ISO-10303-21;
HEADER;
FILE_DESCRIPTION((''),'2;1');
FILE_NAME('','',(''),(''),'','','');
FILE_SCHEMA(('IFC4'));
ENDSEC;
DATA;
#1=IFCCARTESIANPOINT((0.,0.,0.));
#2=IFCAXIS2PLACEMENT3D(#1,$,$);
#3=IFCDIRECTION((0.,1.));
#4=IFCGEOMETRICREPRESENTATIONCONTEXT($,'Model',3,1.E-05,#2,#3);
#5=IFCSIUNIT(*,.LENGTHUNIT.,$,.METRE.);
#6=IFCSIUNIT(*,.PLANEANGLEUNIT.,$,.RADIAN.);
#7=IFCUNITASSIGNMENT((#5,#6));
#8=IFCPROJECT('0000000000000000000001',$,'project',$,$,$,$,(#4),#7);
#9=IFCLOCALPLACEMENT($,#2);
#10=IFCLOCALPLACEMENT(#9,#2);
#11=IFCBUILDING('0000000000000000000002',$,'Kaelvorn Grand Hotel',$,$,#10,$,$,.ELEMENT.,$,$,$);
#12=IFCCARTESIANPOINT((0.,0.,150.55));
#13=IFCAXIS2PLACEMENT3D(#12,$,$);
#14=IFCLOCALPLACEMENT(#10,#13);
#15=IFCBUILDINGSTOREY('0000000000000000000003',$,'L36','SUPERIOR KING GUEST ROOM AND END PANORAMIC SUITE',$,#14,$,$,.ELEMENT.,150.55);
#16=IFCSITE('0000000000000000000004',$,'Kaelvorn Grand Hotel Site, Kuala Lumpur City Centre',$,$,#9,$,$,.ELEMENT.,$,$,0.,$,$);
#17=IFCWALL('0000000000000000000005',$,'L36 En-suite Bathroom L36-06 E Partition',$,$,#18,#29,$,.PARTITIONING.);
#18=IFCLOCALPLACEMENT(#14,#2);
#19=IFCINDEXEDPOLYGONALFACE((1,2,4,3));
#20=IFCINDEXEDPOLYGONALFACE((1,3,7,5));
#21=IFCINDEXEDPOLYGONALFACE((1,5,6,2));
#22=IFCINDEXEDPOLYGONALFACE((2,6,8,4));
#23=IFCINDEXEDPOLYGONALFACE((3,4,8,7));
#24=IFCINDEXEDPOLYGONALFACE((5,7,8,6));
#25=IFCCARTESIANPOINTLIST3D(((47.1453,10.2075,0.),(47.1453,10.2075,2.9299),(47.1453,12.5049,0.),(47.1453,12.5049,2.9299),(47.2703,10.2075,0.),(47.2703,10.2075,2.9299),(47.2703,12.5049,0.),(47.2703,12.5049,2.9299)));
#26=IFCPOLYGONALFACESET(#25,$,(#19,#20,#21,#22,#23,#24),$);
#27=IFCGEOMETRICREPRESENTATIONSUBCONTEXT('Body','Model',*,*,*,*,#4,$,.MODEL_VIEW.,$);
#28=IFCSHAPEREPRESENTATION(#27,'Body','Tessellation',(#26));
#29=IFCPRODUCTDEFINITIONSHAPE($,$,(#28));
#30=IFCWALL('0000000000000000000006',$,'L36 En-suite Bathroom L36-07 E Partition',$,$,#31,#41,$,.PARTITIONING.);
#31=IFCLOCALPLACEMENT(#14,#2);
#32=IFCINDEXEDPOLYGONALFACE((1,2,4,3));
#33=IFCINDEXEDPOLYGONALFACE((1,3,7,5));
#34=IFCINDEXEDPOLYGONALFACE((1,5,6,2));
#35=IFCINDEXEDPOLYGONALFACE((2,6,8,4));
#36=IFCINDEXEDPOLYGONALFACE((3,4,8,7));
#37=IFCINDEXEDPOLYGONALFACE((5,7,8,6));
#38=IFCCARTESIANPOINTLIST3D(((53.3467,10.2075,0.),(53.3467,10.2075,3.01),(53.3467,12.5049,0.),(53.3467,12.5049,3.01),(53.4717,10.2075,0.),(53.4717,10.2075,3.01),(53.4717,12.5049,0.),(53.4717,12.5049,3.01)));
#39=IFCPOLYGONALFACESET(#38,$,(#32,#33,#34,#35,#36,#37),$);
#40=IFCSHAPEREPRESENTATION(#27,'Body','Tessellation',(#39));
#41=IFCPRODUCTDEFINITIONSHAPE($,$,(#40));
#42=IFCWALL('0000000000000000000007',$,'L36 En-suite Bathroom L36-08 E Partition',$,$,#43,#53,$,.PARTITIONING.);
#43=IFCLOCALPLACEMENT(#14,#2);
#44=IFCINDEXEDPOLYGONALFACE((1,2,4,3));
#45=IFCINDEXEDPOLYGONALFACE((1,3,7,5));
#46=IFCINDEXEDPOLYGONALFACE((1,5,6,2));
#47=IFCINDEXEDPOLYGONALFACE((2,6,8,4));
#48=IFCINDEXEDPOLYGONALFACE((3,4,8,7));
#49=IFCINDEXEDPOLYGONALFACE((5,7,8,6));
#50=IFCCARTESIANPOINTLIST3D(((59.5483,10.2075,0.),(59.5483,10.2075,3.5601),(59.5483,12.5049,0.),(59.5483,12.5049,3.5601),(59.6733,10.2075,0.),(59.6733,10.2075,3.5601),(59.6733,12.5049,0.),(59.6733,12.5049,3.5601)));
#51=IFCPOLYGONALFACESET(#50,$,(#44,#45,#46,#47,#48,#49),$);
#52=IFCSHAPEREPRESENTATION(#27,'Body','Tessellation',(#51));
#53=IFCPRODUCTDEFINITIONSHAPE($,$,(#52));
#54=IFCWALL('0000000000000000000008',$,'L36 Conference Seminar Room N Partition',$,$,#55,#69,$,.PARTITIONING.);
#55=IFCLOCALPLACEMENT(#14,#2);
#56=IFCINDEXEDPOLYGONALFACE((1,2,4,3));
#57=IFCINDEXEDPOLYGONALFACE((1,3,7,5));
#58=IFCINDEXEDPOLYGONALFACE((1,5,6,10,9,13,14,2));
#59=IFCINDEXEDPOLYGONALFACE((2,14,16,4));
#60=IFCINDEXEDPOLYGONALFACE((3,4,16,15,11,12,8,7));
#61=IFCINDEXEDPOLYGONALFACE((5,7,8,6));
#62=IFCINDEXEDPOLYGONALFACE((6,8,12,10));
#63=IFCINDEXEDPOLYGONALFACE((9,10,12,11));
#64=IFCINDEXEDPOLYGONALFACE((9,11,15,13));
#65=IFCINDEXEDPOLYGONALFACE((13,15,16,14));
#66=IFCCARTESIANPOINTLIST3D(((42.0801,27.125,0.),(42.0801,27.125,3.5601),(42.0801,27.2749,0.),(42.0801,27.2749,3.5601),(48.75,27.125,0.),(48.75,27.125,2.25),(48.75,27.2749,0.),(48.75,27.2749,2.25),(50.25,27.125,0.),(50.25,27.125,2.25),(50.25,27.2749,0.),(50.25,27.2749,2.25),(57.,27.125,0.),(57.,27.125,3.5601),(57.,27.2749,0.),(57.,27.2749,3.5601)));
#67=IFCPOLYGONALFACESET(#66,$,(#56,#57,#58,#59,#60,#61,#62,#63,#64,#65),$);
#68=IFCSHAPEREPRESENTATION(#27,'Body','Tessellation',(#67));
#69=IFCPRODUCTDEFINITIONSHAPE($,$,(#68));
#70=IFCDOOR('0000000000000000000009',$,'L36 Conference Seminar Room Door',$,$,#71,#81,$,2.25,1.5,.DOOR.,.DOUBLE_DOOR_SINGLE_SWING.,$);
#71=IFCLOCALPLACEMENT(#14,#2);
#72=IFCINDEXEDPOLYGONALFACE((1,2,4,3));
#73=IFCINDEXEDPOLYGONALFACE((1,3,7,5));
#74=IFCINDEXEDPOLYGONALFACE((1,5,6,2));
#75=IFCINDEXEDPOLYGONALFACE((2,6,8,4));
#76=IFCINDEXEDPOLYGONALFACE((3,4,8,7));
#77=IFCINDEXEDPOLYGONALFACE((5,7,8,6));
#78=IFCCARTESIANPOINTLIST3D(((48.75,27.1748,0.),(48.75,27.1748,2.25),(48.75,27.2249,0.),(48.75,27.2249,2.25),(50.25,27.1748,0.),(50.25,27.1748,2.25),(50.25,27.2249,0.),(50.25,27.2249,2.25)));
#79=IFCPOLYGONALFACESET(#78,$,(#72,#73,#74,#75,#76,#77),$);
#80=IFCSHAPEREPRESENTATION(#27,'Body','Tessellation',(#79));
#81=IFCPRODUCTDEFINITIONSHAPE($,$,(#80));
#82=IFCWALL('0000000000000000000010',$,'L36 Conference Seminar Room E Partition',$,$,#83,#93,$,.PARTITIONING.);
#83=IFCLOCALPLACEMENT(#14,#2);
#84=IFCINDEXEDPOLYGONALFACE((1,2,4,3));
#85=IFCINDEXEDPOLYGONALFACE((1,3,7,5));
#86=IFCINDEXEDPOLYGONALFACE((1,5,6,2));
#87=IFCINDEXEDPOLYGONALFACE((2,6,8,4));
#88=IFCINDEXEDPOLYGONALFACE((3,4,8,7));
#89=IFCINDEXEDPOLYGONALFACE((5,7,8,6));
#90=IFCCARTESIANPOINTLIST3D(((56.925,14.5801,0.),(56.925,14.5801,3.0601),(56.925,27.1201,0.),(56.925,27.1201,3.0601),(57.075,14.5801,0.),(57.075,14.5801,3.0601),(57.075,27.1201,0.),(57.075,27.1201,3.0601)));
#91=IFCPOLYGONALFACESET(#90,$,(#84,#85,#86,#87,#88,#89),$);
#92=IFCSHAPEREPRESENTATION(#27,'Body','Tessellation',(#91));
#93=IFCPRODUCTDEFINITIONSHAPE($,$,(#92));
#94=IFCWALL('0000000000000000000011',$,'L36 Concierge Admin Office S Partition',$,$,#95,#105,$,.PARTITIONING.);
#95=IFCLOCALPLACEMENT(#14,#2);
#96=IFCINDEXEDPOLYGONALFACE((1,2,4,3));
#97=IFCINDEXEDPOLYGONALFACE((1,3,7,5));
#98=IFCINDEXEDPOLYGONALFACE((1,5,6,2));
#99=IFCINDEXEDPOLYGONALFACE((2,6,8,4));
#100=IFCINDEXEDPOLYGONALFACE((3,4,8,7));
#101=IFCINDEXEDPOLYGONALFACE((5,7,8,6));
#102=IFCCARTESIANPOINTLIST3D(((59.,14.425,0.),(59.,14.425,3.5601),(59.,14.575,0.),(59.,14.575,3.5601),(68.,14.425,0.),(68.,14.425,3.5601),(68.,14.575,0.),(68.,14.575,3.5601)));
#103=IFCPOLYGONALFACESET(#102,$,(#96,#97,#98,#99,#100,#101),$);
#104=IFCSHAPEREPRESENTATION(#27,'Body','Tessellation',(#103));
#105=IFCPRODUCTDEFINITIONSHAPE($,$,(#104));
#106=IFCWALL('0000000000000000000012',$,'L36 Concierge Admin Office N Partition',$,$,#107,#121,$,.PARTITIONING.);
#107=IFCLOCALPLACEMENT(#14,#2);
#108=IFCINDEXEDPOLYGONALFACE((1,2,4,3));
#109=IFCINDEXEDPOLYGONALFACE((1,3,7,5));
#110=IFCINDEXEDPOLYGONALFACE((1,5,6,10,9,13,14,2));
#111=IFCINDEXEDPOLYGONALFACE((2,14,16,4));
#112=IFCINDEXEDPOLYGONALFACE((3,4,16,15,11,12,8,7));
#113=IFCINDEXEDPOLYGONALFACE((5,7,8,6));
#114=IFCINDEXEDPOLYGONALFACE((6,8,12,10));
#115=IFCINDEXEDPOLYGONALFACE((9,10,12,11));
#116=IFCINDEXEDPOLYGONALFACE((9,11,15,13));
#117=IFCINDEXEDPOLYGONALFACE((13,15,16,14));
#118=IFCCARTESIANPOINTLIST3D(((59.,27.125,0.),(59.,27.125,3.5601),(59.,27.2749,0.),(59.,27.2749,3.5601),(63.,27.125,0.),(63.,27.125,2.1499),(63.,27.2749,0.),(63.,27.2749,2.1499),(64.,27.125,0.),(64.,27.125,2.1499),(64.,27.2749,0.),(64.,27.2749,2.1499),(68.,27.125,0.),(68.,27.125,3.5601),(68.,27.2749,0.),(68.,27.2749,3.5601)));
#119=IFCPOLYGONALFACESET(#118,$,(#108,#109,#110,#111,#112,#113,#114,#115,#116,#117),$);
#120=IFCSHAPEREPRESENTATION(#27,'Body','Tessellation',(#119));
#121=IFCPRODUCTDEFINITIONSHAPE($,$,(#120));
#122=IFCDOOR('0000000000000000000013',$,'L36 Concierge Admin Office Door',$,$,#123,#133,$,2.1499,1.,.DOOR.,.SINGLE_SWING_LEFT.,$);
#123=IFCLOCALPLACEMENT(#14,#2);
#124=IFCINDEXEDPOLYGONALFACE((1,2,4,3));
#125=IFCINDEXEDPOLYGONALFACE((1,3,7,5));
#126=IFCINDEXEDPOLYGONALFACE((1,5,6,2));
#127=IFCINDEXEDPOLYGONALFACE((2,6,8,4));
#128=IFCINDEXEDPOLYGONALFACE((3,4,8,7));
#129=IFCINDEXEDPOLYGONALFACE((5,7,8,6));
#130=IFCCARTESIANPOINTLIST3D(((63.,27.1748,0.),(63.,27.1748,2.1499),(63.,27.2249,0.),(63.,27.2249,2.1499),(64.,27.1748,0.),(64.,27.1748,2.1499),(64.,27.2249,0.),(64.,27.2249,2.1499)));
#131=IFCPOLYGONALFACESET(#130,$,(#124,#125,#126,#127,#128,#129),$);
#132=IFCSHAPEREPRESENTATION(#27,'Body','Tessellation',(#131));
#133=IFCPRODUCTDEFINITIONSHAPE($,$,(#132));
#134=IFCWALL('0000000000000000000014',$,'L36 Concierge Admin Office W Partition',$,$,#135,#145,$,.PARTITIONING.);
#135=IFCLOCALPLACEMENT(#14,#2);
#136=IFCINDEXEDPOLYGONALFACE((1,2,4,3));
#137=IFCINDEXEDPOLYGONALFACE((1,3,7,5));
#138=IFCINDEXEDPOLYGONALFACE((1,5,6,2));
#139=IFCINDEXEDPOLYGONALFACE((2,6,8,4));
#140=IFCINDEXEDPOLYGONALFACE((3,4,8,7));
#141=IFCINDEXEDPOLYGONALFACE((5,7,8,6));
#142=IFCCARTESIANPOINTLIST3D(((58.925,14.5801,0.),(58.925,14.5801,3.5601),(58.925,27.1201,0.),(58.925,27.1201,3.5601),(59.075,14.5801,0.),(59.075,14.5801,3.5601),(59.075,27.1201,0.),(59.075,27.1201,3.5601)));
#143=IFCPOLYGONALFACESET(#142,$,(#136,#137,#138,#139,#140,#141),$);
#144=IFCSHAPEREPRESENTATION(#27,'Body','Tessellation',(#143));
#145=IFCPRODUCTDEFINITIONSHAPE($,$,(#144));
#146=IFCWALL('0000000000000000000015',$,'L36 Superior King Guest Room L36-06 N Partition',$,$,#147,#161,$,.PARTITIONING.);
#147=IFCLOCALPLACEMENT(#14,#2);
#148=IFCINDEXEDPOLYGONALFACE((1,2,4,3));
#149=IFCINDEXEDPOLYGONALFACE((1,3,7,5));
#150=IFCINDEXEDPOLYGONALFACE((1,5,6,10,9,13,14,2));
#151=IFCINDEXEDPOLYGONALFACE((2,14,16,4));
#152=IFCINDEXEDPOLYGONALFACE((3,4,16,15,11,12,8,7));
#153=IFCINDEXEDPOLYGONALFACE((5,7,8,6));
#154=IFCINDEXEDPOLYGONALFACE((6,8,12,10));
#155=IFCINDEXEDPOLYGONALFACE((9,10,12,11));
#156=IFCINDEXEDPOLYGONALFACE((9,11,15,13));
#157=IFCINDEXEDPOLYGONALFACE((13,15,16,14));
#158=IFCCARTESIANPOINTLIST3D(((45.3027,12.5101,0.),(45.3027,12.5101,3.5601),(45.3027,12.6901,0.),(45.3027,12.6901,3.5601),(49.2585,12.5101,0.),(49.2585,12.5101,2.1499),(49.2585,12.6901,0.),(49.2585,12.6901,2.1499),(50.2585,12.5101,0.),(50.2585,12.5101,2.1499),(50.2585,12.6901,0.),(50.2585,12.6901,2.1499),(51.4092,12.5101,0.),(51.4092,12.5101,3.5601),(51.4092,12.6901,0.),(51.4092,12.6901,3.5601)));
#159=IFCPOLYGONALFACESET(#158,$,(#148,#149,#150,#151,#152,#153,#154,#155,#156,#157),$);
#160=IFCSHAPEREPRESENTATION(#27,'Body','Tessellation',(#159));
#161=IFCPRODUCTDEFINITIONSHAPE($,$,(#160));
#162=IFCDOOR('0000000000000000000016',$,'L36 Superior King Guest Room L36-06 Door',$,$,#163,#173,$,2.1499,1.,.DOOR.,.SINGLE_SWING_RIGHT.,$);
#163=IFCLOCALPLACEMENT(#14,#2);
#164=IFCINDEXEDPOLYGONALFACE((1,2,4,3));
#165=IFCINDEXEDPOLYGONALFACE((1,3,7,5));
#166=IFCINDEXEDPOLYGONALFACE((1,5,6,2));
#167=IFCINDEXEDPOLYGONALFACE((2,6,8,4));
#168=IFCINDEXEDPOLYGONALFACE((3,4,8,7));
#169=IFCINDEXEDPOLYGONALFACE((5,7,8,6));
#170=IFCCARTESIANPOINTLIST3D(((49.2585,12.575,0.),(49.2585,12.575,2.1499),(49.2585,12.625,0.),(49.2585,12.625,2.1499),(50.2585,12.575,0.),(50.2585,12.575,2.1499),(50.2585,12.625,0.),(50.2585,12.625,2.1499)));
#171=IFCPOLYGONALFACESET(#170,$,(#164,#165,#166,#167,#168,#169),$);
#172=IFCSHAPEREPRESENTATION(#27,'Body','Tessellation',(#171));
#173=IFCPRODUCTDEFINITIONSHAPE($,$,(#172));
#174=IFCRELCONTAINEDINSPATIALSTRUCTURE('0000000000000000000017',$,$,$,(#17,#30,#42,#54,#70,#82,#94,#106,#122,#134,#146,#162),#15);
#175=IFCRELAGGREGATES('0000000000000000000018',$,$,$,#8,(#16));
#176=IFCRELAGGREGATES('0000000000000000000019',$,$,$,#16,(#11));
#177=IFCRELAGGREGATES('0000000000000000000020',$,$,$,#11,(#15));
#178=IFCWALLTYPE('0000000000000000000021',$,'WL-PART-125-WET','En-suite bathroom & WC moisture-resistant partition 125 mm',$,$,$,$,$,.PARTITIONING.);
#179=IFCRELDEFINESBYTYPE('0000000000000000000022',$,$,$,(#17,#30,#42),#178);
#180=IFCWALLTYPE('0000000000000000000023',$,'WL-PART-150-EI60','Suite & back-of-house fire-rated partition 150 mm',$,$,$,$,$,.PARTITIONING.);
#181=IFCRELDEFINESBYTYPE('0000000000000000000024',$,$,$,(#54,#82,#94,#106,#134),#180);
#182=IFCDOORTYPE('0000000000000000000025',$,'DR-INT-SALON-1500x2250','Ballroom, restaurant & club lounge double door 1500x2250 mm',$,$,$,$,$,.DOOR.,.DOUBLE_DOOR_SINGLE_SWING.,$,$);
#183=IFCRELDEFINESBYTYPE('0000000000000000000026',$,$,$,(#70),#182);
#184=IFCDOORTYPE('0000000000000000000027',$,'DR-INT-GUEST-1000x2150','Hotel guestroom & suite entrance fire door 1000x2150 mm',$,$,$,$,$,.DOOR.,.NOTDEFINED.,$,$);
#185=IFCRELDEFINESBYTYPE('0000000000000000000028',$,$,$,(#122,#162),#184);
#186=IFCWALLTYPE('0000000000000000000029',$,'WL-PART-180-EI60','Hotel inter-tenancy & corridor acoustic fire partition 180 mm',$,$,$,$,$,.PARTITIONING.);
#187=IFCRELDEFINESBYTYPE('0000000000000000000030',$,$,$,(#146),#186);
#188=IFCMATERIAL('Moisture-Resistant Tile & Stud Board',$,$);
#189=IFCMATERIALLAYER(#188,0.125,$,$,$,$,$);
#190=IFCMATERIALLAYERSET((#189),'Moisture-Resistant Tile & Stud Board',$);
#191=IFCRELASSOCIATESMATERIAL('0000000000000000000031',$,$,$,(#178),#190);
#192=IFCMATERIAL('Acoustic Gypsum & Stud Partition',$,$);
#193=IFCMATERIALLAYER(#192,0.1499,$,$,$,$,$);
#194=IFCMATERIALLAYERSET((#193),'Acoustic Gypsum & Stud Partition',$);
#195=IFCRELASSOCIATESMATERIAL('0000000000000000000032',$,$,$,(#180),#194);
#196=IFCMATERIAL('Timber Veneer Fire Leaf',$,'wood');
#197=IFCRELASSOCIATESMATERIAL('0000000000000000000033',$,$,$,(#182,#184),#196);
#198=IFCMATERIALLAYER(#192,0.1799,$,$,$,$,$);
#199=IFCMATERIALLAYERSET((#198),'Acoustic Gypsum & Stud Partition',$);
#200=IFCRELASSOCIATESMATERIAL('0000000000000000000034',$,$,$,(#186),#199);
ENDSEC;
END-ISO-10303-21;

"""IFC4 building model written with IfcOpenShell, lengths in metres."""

from ifc_helpers import new_model, si_unit, direction, frame, frame_2d, origin, place, context, subcontext, project, spatial, rectangle, extrude, material, layer, layer_set, type_object, element, fill, save


model = new_model("IFC4")

# Units and contexts
model_context = context("Model", 3, precision=1e-05, world=origin(), true_north=direction((0.0, 1.0)))
body_context = subcontext(model_context, "Body", "Model", "MODEL_VIEW")
ifc_project = project(units=[si_unit("LENGTHUNIT", "METRE"), si_unit("PLANEANGLEUNIT", "RADIAN")], contexts=[model_context])

# Site, building, storey
site_placement = place(None, origin())
site = spatial("IfcSite", under=ifc_project, at=site_placement, Name="Kaelvorn Grand Hotel Site, Kuala Lumpur City Centre", CompositionType="ELEMENT", RefElevation=0.0)
building_placement = place(site_placement, origin())
building = spatial("IfcBuilding", under=site, at=building_placement, Name="Kaelvorn Grand Hotel", CompositionType="ELEMENT")
storey_placement = place(building_placement, frame((0.0, 0.0, 150.55)))
storey = spatial("IfcBuildingStorey", under=building, at=storey_placement, Name="L36", Description="SUPERIOR KING GUEST ROOM AND END PANORAMIC SUITE", CompositionType="ELEMENT", Elevation=150.55)

# Walls
ifc_material_1 = material(Name="Moisture-Resistant Tile & Stud Board")
ifc_layer_1 = layer(ifc_material_1, 0.125)
ifc_layer_set_1 = layer_set([ifc_layer_1], Name="Moisture-Resistant Tile & Stud Board")
wall_type_1 = type_object("IfcWallType", Name="WL-PART-125-WET", Description="En-suite bathroom & WC moisture-resistant partition 125 mm", PredefinedType="PARTITIONING", material=ifc_layer_set_1)
wall_1_placement = place(storey_placement, frame((47.2078, 10.2075, 0.0), z_axis=(0.0, 0.0, 1.0), x_axis=(0.0, 1.0, 0.0)))
element("IfcWall", 1, at=wall_1_placement, inside=storey, type_object=wall_type_1, Name="L36 En-suite Bathroom L36-06 E Partition", PredefinedType="PARTITIONING", context=body_context, shape_type="SweptSolid", body=[
    extrude(rectangle(XDim=2.2974, YDim=0.125, at=frame_2d((1.1487, 0.0))), origin(), (0.0, 0.0, 1.0), 2.9299),
])
wall_2_placement = place(storey_placement, frame((53.4092, 10.2075, 0.0), z_axis=(0.0, 0.0, 1.0), x_axis=(0.0, 1.0, 0.0)))
element("IfcWall", 2, at=wall_2_placement, inside=storey, type_object=wall_type_1, Name="L36 En-suite Bathroom L36-07 E Partition", PredefinedType="PARTITIONING", context=body_context, shape_type="SweptSolid", body=[
    extrude(rectangle(XDim=2.2974, YDim=0.125, at=frame_2d((1.1487, 0.0))), origin(), (0.0, 0.0, 1.0), 3.01),
])
wall_3_placement = place(storey_placement, frame((59.6108, 10.2075, 0.0), z_axis=(0.0, 0.0, 1.0), x_axis=(0.0, 1.0, 0.0)))
element("IfcWall", 3, at=wall_3_placement, inside=storey, type_object=wall_type_1, Name="L36 En-suite Bathroom L36-08 E Partition", PredefinedType="PARTITIONING", context=body_context, shape_type="SweptSolid", body=[
    extrude(rectangle(XDim=2.2974, YDim=0.125, at=frame_2d((1.1487, 0.0))), origin(), (0.0, 0.0, 1.0), 3.5601),
])

# Wall, opening, door
ifc_material_2 = material(Name="Acoustic Gypsum & Stud Partition")
ifc_layer_2 = layer(ifc_material_2, 0.1499)
ifc_layer_set_2 = layer_set([ifc_layer_2], Name="Acoustic Gypsum & Stud Partition")
wall_type_2 = type_object("IfcWallType", Name="WL-PART-150-EI60", Description="Suite & back-of-house fire-rated partition 150 mm", PredefinedType="PARTITIONING", material=ifc_layer_set_2)
wall_4_placement = place(storey_placement, frame((42.0801, 27.2, 0.0), z_axis=(0.0, 0.0, 1.0), x_axis=(1.0, 0.0, 0.0)))
wall_4 = element("IfcWall", 4, at=wall_4_placement, inside=storey, type_object=wall_type_2, Name="L36 Conference Seminar Room N Partition", PredefinedType="PARTITIONING", context=body_context, shape_type="SweptSolid", body=[
    extrude(rectangle(XDim=14.9199, YDim=0.1499, at=frame_2d((7.46, 0.0))), origin(), (0.0, 0.0, 1.0), 3.5601),
])
opening_1_placement = place(wall_4_placement, frame((6.6699, 0.0, 0.0)))
opening_1 = element("IfcOpeningElement", 5, at=opening_1_placement, cuts=wall_4, PredefinedType="OPENING", context=body_context, shape_type="SweptSolid", body=[
    extrude(rectangle(XDim=1.5, YDim=2.25, at=frame_2d((0.75, 1.125))), frame((0.0, 0.085, 0.0), z_axis=(0.0, -1.0, 0.0), x_axis=(1.0, 0.0, 0.0)), (0.0, 0.0, 1.0), 0.1699),
])
ifc_material_3 = material(Name="Timber Veneer Fire Leaf", Category="wood")
door_type_1 = type_object("IfcDoorType", Name="DR-INT-SALON-1500x2250", Description="Ballroom, restaurant & club lounge double door 1500x2250 mm", OperationType="DOUBLE_DOOR_SINGLE_SWING", PredefinedType="DOOR", material=ifc_material_3)
door_1_placement = place(opening_1_placement, origin())
door_1 = element("IfcDoor", 6, at=door_1_placement, inside=storey, type_object=door_type_1, Name="L36 Conference Seminar Room Door", OperationType="DOUBLE_DOOR_SINGLE_SWING", OverallHeight=2.25, OverallWidth=1.5, PredefinedType="DOOR", context=body_context, shape_type="SweptSolid", body=[
    extrude(rectangle(XDim=1.5, YDim=2.25, at=frame_2d((0.75, 1.125))), frame((0.0, 0.0249, 0.0), z_axis=(0.0, -1.0, 0.0), x_axis=(1.0, 0.0, 0.0)), (0.0, 0.0, 1.0), 0.05),
])
fill(opening_1, door_1)

# Walls
wall_5_placement = place(storey_placement, frame((57.0, 14.5801, 0.0), z_axis=(0.0, 0.0, 1.0), x_axis=(0.0, 1.0, 0.0)))
element("IfcWall", 7, at=wall_5_placement, inside=storey, type_object=wall_type_2, Name="L36 Conference Seminar Room E Partition", PredefinedType="PARTITIONING", context=body_context, shape_type="SweptSolid", body=[
    extrude(rectangle(XDim=12.54, YDim=0.1499, at=frame_2d((6.27, 0.0))), origin(), (0.0, 0.0, 1.0), 3.0601),
])
wall_6_placement = place(storey_placement, frame((59.0, 14.5, 0.0), z_axis=(0.0, 0.0, 1.0), x_axis=(1.0, 0.0, 0.0)))
element("IfcWall", 8, at=wall_6_placement, inside=storey, type_object=wall_type_2, Name="L36 Concierge Admin Office S Partition", PredefinedType="PARTITIONING", context=body_context, shape_type="SweptSolid", body=[
    extrude(rectangle(XDim=9.0, YDim=0.1499, at=frame_2d((4.5, 0.0))), origin(), (0.0, 0.0, 1.0), 3.5601),
])

# Wall, opening, door
wall_7_placement = place(storey_placement, frame((59.0, 27.2, 0.0), z_axis=(0.0, 0.0, 1.0), x_axis=(1.0, 0.0, 0.0)))
wall_7 = element("IfcWall", 9, at=wall_7_placement, inside=storey, type_object=wall_type_2, Name="L36 Concierge Admin Office N Partition", PredefinedType="PARTITIONING", context=body_context, shape_type="SweptSolid", body=[
    extrude(rectangle(XDim=9.0, YDim=0.1499, at=frame_2d((4.5, 0.0))), origin(), (0.0, 0.0, 1.0), 3.5601),
])
opening_2_placement = place(wall_7_placement, frame((4.0, 0.0, 0.0)))
opening_2 = element("IfcOpeningElement", 10, at=opening_2_placement, cuts=wall_7, PredefinedType="OPENING", context=body_context, shape_type="SweptSolid", body=[
    extrude(rectangle(XDim=1.0, YDim=2.1499, at=frame_2d((0.5, 1.075))), frame((0.0, 0.085, 0.0), z_axis=(0.0, -1.0, 0.0), x_axis=(1.0, 0.0, 0.0)), (0.0, 0.0, 1.0), 0.1699),
])
door_type_2 = type_object("IfcDoorType", Name="DR-INT-GUEST-1000x2150", Description="Hotel guestroom & suite entrance fire door 1000x2150 mm", OperationType="NOTDEFINED", PredefinedType="DOOR", material=ifc_material_3)
door_2_placement = place(opening_2_placement, origin())
door_2 = element("IfcDoor", 11, at=door_2_placement, inside=storey, type_object=door_type_2, Name="L36 Concierge Admin Office Door", OperationType="SINGLE_SWING_LEFT", OverallHeight=2.1499, OverallWidth=1.0, PredefinedType="DOOR", context=body_context, shape_type="SweptSolid", body=[
    extrude(rectangle(XDim=1.0, YDim=2.1499, at=frame_2d((0.5, 1.075))), frame((0.0, 0.0249, 0.0), z_axis=(0.0, -1.0, 0.0), x_axis=(1.0, 0.0, 0.0)), (0.0, 0.0, 1.0), 0.05),
])
fill(opening_2, door_2)

# Wall
wall_8_placement = place(storey_placement, frame((59.0, 14.5801, 0.0), z_axis=(0.0, 0.0, 1.0), x_axis=(0.0, 1.0, 0.0)))
element("IfcWall", 12, at=wall_8_placement, inside=storey, type_object=wall_type_2, Name="L36 Concierge Admin Office W Partition", PredefinedType="PARTITIONING", context=body_context, shape_type="SweptSolid", body=[
    extrude(rectangle(XDim=12.54, YDim=0.1499, at=frame_2d((6.27, 0.0))), origin(), (0.0, 0.0, 1.0), 3.5601),
])

# Wall, opening, door
ifc_layer_3 = layer(ifc_material_2, 0.1799)
ifc_layer_set_3 = layer_set([ifc_layer_3], Name="Acoustic Gypsum & Stud Partition")
wall_type_3 = type_object("IfcWallType", Name="WL-PART-180-EI60", Description="Hotel inter-tenancy & corridor acoustic fire partition 180 mm", PredefinedType="PARTITIONING", material=ifc_layer_set_3)
wall_9_placement = place(storey_placement, frame((45.3027, 12.6001, 0.0), z_axis=(0.0, 0.0, 1.0), x_axis=(1.0, 0.0, 0.0)))
wall_9 = element("IfcWall", 13, at=wall_9_placement, inside=storey, type_object=wall_type_3, Name="L36 Superior King Guest Room L36-06 N Partition", PredefinedType="PARTITIONING", context=body_context, shape_type="SweptSolid", body=[
    extrude(rectangle(XDim=6.1064, YDim=0.1799, at=frame_2d((3.0532, 0.0))), origin(), (0.0, 0.0, 1.0), 3.5601),
])
opening_3_placement = place(wall_9_placement, frame((3.9558, 0.0, 0.0)))
opening_3 = element("IfcOpeningElement", 14, at=opening_3_placement, cuts=wall_9, PredefinedType="OPENING", context=body_context, shape_type="SweptSolid", body=[
    extrude(rectangle(XDim=1.0, YDim=2.1499, at=frame_2d((0.5, 1.075))), frame((0.0, 0.1001, 0.0), z_axis=(0.0, -1.0, 0.0), x_axis=(1.0, 0.0, 0.0)), (0.0, 0.0, 1.0), 0.2),
])
door_3_placement = place(opening_3_placement, origin())
door_3 = element("IfcDoor", 15, at=door_3_placement, inside=storey, type_object=door_type_2, Name="L36 Superior King Guest Room L36-06 Door", OperationType="SINGLE_SWING_RIGHT", OverallHeight=2.1499, OverallWidth=1.0, PredefinedType="DOOR", context=body_context, shape_type="SweptSolid", body=[
    extrude(rectangle(XDim=1.0, YDim=2.1499, at=frame_2d((0.5, 1.075))), frame((0.0, 0.0249, 0.0), z_axis=(0.0, -1.0, 0.0), x_axis=(1.0, 0.0, 0.0)), (0.0, 0.0, 1.0), 0.05),
])
fill(opening_3, door_3)

save(model, "model.ifc")
